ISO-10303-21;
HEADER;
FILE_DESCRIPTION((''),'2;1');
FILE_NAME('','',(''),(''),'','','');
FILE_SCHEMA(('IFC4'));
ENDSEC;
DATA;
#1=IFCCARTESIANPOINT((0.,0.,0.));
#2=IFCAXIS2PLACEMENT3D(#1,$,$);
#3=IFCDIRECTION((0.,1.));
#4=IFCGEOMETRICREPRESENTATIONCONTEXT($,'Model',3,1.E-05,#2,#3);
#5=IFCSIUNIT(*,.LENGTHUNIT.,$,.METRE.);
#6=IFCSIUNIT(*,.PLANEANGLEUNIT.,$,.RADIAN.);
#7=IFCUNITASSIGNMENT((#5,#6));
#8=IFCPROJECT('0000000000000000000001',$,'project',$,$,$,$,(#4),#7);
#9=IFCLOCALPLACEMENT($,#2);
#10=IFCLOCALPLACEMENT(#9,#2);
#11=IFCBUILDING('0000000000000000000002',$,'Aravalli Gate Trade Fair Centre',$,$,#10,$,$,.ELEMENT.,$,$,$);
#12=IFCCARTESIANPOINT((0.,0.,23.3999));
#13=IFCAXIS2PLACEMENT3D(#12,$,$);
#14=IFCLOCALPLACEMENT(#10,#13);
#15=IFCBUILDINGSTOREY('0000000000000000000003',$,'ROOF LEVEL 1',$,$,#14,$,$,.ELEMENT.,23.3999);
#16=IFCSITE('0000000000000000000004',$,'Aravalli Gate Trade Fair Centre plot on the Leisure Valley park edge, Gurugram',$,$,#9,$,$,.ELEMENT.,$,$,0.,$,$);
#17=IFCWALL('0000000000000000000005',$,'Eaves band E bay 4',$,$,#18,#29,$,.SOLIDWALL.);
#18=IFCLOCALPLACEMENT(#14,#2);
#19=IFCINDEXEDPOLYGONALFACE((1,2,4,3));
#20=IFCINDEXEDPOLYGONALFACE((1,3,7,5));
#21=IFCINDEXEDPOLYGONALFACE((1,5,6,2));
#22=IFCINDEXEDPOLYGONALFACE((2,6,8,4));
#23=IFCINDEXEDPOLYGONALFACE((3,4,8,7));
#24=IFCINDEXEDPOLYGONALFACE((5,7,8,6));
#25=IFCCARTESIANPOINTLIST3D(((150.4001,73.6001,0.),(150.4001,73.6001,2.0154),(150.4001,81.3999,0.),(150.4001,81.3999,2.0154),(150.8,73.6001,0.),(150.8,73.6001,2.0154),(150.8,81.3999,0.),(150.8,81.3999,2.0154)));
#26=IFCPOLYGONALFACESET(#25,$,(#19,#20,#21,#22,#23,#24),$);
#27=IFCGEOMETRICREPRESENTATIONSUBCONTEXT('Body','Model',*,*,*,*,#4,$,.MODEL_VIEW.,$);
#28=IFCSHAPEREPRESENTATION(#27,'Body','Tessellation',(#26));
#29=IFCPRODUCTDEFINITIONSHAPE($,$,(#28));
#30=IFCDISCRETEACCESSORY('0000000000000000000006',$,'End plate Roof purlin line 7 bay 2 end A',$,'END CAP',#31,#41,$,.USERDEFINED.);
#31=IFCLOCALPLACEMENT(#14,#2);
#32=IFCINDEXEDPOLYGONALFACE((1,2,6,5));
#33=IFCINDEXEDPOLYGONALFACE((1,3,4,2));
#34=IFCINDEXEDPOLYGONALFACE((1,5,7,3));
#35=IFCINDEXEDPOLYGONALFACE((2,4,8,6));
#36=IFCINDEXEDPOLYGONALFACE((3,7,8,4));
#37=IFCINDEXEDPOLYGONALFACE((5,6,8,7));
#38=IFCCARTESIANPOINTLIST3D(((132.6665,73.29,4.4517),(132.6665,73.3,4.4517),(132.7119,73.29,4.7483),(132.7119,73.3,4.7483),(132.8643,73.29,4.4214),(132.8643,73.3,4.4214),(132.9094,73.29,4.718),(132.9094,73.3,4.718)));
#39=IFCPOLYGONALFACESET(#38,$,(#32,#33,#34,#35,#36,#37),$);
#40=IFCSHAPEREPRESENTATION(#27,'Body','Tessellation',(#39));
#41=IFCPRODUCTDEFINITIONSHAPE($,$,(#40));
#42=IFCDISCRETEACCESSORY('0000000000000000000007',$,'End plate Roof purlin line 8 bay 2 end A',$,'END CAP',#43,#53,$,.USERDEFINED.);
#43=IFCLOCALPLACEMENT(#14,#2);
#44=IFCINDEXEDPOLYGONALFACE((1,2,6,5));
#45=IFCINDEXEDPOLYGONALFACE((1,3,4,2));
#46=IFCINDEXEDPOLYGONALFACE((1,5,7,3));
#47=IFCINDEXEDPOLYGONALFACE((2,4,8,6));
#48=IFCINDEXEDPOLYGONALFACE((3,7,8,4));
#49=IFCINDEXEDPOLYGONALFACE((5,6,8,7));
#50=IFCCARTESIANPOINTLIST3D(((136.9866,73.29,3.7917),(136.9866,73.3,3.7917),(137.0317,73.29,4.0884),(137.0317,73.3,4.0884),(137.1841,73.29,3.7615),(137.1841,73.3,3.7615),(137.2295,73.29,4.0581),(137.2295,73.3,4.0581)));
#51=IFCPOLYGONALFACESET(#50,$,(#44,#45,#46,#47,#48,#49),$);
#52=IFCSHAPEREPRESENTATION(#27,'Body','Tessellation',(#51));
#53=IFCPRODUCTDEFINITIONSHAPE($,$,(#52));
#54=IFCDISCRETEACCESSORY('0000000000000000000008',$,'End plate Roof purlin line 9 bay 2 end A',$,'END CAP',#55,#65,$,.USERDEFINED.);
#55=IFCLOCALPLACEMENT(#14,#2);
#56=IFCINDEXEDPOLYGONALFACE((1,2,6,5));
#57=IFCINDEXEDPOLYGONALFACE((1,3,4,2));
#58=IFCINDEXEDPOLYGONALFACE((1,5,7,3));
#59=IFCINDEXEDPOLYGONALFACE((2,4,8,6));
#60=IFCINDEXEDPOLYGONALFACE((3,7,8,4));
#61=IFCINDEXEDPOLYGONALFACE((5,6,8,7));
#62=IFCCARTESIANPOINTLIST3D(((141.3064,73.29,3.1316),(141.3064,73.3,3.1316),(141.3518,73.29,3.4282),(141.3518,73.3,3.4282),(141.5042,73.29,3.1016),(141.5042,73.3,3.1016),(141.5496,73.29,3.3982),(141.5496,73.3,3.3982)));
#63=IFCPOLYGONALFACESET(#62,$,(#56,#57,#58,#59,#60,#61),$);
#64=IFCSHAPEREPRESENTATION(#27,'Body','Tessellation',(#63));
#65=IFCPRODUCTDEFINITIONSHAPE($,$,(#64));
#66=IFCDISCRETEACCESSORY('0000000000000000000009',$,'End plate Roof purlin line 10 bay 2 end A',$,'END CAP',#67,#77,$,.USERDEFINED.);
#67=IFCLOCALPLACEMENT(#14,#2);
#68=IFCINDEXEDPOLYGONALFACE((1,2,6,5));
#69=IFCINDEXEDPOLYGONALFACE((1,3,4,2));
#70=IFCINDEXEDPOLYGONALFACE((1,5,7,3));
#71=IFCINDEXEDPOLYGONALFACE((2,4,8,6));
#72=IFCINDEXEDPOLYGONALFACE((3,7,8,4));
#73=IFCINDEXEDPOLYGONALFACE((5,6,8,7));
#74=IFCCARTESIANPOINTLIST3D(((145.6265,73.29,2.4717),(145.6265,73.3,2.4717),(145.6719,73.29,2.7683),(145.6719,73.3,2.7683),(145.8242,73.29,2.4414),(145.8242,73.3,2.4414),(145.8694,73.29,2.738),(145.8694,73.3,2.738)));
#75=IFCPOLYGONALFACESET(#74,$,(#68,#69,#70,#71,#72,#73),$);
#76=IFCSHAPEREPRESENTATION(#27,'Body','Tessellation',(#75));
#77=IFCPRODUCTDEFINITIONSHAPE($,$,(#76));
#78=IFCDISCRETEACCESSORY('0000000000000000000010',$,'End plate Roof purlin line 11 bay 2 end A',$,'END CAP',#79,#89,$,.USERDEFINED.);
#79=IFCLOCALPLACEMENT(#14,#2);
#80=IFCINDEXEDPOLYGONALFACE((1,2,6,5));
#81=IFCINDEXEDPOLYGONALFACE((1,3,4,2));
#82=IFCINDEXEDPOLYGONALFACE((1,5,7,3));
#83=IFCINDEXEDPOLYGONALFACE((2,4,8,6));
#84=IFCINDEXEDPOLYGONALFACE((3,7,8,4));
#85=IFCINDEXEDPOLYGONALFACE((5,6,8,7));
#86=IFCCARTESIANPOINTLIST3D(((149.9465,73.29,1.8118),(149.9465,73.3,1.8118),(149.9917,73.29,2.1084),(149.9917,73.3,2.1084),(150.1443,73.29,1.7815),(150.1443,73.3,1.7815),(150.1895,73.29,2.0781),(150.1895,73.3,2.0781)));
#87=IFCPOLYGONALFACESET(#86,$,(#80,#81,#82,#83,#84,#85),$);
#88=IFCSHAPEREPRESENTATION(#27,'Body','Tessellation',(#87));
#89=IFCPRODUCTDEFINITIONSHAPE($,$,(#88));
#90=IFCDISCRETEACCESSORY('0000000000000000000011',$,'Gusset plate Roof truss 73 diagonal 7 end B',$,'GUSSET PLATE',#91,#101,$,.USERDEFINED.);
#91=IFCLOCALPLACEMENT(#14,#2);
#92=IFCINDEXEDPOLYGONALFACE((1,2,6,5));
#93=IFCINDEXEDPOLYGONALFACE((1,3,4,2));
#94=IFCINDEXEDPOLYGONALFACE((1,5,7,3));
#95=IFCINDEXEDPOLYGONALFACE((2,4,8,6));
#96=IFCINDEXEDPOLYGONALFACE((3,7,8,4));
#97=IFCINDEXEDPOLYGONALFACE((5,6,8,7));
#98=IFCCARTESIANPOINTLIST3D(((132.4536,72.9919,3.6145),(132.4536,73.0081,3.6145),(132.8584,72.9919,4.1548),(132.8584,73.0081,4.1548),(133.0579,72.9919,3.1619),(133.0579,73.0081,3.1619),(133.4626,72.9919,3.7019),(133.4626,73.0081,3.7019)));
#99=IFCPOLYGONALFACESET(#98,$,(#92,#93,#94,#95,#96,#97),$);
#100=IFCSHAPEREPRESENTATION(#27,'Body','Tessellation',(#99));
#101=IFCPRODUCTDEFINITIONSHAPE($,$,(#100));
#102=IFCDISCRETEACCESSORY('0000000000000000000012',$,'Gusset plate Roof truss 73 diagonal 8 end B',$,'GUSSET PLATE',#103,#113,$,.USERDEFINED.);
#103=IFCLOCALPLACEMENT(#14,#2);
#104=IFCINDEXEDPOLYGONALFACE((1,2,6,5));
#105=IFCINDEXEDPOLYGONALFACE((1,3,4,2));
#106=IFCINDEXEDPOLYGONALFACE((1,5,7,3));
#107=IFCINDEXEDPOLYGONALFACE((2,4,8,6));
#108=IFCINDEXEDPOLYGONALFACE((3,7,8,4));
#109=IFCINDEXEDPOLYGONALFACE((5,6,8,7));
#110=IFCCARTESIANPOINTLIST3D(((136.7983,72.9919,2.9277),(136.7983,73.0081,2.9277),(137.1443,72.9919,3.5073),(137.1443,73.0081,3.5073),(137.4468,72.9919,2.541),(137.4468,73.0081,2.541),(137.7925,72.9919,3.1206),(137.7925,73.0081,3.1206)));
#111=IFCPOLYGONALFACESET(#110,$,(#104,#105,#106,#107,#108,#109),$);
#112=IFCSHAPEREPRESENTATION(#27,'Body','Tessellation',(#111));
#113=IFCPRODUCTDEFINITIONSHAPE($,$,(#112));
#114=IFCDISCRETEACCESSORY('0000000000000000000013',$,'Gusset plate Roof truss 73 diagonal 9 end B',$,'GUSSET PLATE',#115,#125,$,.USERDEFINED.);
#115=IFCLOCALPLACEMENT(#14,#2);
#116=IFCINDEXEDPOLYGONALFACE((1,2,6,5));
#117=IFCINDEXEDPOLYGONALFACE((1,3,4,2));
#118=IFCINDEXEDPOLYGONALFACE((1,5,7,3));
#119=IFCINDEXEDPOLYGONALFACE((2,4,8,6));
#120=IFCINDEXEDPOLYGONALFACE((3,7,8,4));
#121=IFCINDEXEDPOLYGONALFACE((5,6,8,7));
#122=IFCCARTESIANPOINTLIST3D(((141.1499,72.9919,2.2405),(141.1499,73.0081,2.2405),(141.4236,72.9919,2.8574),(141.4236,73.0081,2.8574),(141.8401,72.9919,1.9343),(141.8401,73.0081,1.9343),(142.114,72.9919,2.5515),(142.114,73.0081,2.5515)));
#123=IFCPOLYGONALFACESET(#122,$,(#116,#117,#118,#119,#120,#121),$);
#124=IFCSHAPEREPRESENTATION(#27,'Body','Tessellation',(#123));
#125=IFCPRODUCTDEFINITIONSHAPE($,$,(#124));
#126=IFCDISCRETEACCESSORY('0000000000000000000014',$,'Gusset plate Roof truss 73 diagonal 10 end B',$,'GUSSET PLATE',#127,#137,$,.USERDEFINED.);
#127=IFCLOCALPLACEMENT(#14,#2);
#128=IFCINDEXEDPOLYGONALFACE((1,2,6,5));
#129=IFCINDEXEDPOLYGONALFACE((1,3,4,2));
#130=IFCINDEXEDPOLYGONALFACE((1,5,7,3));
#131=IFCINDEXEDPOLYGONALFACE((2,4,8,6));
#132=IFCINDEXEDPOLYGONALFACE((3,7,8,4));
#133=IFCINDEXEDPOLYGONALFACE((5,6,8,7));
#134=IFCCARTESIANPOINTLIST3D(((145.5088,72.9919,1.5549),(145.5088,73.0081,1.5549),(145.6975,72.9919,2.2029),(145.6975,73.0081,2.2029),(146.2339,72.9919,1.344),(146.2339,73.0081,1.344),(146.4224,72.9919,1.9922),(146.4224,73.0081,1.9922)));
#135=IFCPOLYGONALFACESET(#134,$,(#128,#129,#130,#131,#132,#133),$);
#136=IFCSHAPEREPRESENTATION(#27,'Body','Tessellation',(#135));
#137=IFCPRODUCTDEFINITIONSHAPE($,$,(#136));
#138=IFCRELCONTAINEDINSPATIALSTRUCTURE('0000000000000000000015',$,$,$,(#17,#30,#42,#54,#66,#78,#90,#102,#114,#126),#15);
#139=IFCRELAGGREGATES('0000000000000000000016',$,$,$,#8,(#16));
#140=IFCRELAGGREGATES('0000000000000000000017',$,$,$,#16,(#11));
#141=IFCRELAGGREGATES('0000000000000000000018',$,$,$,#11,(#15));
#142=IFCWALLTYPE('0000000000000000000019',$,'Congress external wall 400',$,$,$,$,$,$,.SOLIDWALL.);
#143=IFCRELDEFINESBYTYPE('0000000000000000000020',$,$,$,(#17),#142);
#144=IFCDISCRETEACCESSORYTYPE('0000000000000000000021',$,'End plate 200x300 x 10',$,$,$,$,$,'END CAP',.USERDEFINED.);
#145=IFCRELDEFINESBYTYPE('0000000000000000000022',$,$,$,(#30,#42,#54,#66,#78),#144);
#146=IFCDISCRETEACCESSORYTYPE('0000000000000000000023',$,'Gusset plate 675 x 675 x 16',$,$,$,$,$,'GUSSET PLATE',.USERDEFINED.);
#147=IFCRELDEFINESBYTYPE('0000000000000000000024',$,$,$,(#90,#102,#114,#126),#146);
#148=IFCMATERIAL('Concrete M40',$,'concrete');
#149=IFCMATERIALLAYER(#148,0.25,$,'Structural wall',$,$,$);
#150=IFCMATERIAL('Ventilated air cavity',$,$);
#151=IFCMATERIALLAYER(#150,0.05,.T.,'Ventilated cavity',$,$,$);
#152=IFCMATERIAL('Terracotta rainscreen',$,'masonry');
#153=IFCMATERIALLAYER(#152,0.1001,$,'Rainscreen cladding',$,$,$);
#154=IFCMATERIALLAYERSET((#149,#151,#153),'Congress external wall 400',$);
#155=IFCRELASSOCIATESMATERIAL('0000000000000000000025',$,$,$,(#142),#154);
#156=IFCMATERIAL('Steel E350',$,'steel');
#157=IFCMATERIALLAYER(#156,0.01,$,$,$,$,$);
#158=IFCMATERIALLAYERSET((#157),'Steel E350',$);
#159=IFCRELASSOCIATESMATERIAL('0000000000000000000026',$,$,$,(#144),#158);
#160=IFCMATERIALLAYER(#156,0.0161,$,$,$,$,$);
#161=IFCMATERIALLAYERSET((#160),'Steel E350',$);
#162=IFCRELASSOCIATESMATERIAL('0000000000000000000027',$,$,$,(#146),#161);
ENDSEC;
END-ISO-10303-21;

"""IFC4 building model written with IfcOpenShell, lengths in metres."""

from ifc_helpers import new_model, si_unit, direction, frame, frame_2d, origin, place, context, subcontext, project, spatial, polyline, rectangle, outline, extrude, material, layer, layer_set, type_object, element, save


model = new_model("IFC4")

# Units and contexts
model_context = context("Model", 3, precision=1e-05, world=origin(), true_north=direction((0.0, 1.0)))
body_context = subcontext(model_context, "Body", "Model", "MODEL_VIEW")
ifc_project = project(units=[si_unit("LENGTHUNIT", "METRE"), si_unit("PLANEANGLEUNIT", "RADIAN")], contexts=[model_context])

# Site, building, storey
site_placement = place(None, origin())
site = spatial("IfcSite", under=ifc_project, at=site_placement, Name="Aravalli Gate Trade Fair Centre plot on the Leisure Valley park edge, Gurugram", CompositionType="ELEMENT", RefElevation=0.0)
building_placement = place(site_placement, origin())
building = spatial("IfcBuilding", under=site, at=building_placement, Name="Aravalli Gate Trade Fair Centre", CompositionType="ELEMENT")
storey_placement = place(building_placement, frame((0.0, 0.0, 23.3999)))
storey = spatial("IfcBuildingStorey", under=building, at=storey_placement, Name="ROOF LEVEL 1", CompositionType="ELEMENT", Elevation=23.3999)

# Shared definitions
ifc_material_1 = material(Name="Steel E350", Category="steel")

# Wall
ifc_material_2 = material(Name="Concrete M40", Category="concrete")
ifc_layer_1 = layer(ifc_material_2, 0.25, Name="Structural wall")
ifc_material_3 = material(Name="Ventilated air cavity")
ifc_layer_2 = layer(ifc_material_3, 0.05, ventilated=True, Name="Ventilated cavity")
ifc_material_4 = material(Name="Terracotta rainscreen", Category="masonry")
ifc_layer_3 = layer(ifc_material_4, 0.1001, Name="Rainscreen cladding")
ifc_layer_set_1 = layer_set([ifc_layer_1, ifc_layer_2, ifc_layer_3], Name="Congress external wall 400")
wall_type = type_object("IfcWallType", Name="Congress external wall 400", PredefinedType="SOLIDWALL", material=ifc_layer_set_1)
wall_placement = place(storey_placement, frame((150.6001, 73.6001, 0.0), z_axis=(0.0, 0.0, 1.0), x_axis=(0.0, 1.0, 0.0)))
element("IfcWall", 1, at=wall_placement, inside=storey, type_object=wall_type, Name="Eaves band E bay 4", PredefinedType="SOLIDWALL", context=body_context, shape_type="SweptSolid", body=[
    extrude(rectangle(XDim=7.7998, YDim=0.3999, at=frame_2d((3.8999, 0.0))), origin(), (0.0, 0.0, 1.0), 2.0154),
])

# Discrete accessories
ifc_layer_4 = layer(ifc_material_1, 0.01)
ifc_layer_set_2 = layer_set([ifc_layer_4], Name="Steel E350")
discrete_accessory_type_1 = type_object("IfcDiscreteAccessoryType", Name="End plate 200x300 x 10", ElementType="END CAP", PredefinedType="USERDEFINED", material=ifc_layer_set_2)
discrete_accessory_1_placement = place(storey_placement, frame((132.8643, 73.3, 4.4214), z_axis=(0.0, 1.0, 0.0), x_axis=(-0.988484, 0.0, 0.151324)))
element("IfcDiscreteAccessory", 2, at=discrete_accessory_1_placement, inside=storey, type_object=discrete_accessory_type_1, Name="End plate Roof purlin line 7 bay 2 end A", ObjectType="END CAP", PredefinedType="USERDEFINED", context=body_context, shape_type="SweptSolid", body=[
    extrude(outline(polyline([(0.0, 0.0), (0.2001, 0.0), (0.2001, 0.3001), (0.0002, 0.3), (0.0, 0.0)])), origin(), (0.0, 0.0, -1.0), 0.01),
])
discrete_accessory_2_placement = place(storey_placement, frame((137.1841, 73.3, 3.7615), z_axis=(0.0, 1.0, 0.0), x_axis=(-0.988456, 0.0, 0.151506)))
element("IfcDiscreteAccessory", 3, at=discrete_accessory_2_placement, inside=storey, type_object=discrete_accessory_type_1, Name="End plate Roof purlin line 8 bay 2 end A", ObjectType="END CAP", PredefinedType="USERDEFINED", context=body_context, shape_type="SweptSolid", body=[
    extrude(outline(polyline([(0.0, 0.0), (0.1998, 0.0), (0.2001, 0.3), (0.0001, 0.3001), (0.0, 0.0)])), origin(), (0.0, 0.0, -1.0), 0.01),
])
discrete_accessory_3_placement = place(storey_placement, frame((141.5042, 73.3, 3.1016), z_axis=(0.0, 1.0, 0.0), x_axis=(-0.988666, 0.0, 0.150131)))
element("IfcDiscreteAccessory", 4, at=discrete_accessory_3_placement, inside=storey, type_object=discrete_accessory_type_1, Name="End plate Roof purlin line 9 bay 2 end A", ObjectType="END CAP", PredefinedType="USERDEFINED", context=body_context, shape_type="SweptSolid", body=[
    extrude(outline(polyline([(0.0, 0.0), (0.2, 0.0), (0.1997, 0.3001), (-0.0004, 0.3001), (0.0, 0.0)])), origin(), (0.0, 0.0, -1.0), 0.01),
])
discrete_accessory_4_placement = place(storey_placement, frame((145.8242, 73.3, 2.4414), z_axis=(0.0, 1.0, 0.0), x_axis=(-0.988484, 0.0, 0.151324)))
element("IfcDiscreteAccessory", 5, at=discrete_accessory_4_placement, inside=storey, type_object=discrete_accessory_type_1, Name="End plate Roof purlin line 10 bay 2 end A", ObjectType="END CAP", PredefinedType="USERDEFINED", context=body_context, shape_type="SweptSolid", body=[
    extrude(outline(polyline([(0.0, 0.0), (0.2001, 0.0), (0.2001, 0.3001), (0.0002, 0.3), (0.0, 0.0)])), origin(), (0.0, 0.0, -1.0), 0.01),
])
discrete_accessory_5_placement = place(storey_placement, frame((150.1443, 73.3, 1.7815), z_axis=(0.0, 1.0, 0.0), x_axis=(-0.988484, 0.0, 0.151324)))
element("IfcDiscreteAccessory", 6, at=discrete_accessory_5_placement, inside=storey, type_object=discrete_accessory_type_1, Name="End plate Roof purlin line 11 bay 2 end A", ObjectType="END CAP", PredefinedType="USERDEFINED", context=body_context, shape_type="SweptSolid", body=[
    extrude(outline(polyline([(0.0, 0.0), (0.2001, 0.0), (0.2003, 0.3), (0.0002, 0.3), (0.0, 0.0)])), origin(), (0.0, 0.0, -1.0), 0.01),
])
ifc_layer_5 = layer(ifc_material_1, 0.0161)
ifc_layer_set_3 = layer_set([ifc_layer_5], Name="Steel E350")
discrete_accessory_type_2 = type_object("IfcDiscreteAccessoryType", Name="Gusset plate 675 x 675 x 16", ElementType="GUSSET PLATE", PredefinedType="USERDEFINED", material=ifc_layer_set_3)
discrete_accessory_6_placement = place(storey_placement, frame((133.0579, 73.0081, 3.1619), z_axis=(0.0, 1.0, 0.0), x_axis=(-0.800349, 0.0, 0.599534)))
element("IfcDiscreteAccessory", 7, at=discrete_accessory_6_placement, inside=storey, type_object=discrete_accessory_type_2, Name="Gusset plate Roof truss 73 diagonal 7 end B", ObjectType="GUSSET PLATE", PredefinedType="USERDEFINED", context=body_context, shape_type="SweptSolid", body=[
    extrude(outline(polyline([(0.0, 0.0), (0.755, 0.0), (0.7549, 0.6751), (-0.0002, 0.6749), (0.0, 0.0)])), origin(), (0.0, 0.0, -1.0), 0.0161),
])
discrete_accessory_7_placement = place(storey_placement, frame((137.4468, 73.0081, 2.541), z_axis=(0.0, 1.0, 0.0), x_axis=(-0.858859, 0.0, 0.512211)))
element("IfcDiscreteAccessory", 8, at=discrete_accessory_7_placement, inside=storey, type_object=discrete_accessory_type_2, Name="Gusset plate Roof truss 73 diagonal 8 end B", ObjectType="GUSSET PLATE", PredefinedType="USERDEFINED", context=body_context, shape_type="SweptSolid", body=[
    extrude(outline(polyline([(0.0, 0.0), (0.755, 0.0), (0.7548, 0.675), (0.0, 0.6749), (0.0, 0.0)])), origin(), (0.0, 0.0, -1.0), 0.0161),
])
discrete_accessory_8_placement = place(storey_placement, frame((141.8401, 73.0081, 1.9343), z_axis=(0.0, 1.0, 0.0), x_axis=(-0.914105, 0.0, 0.405478)))
element("IfcDiscreteAccessory", 9, at=discrete_accessory_8_placement, inside=storey, type_object=discrete_accessory_type_2, Name="Gusset plate Roof truss 73 diagonal 9 end B", ObjectType="GUSSET PLATE", PredefinedType="USERDEFINED", context=body_context, shape_type="SweptSolid", body=[
    extrude(outline(polyline([(0.0, 0.0), (0.755, 0.0), (0.755, 0.6749), (-0.0001, 0.6752), (0.0, 0.0)])), origin(), (0.0, 0.0, -1.0), 0.0161),
])
discrete_accessory_9_placement = place(storey_placement, frame((146.2339, 73.0081, 1.344), z_axis=(0.0, 1.0, 0.0), x_axis=(-0.960195, 0.0, 0.27933)))
element("IfcDiscreteAccessory", 10, at=discrete_accessory_9_placement, inside=storey, type_object=discrete_accessory_type_2, Name="Gusset plate Roof truss 73 diagonal 10 end B", ObjectType="GUSSET PLATE", PredefinedType="USERDEFINED", context=body_context, shape_type="SweptSolid", body=[
    extrude(outline(polyline([(0.0, 0.0), (0.7552, 0.0), (0.7549, 0.6749), (0.0001, 0.675), (0.0, 0.0)])), origin(), (0.0, 0.0, -1.0), 0.0161),
])

save(model, "model.ifc")
